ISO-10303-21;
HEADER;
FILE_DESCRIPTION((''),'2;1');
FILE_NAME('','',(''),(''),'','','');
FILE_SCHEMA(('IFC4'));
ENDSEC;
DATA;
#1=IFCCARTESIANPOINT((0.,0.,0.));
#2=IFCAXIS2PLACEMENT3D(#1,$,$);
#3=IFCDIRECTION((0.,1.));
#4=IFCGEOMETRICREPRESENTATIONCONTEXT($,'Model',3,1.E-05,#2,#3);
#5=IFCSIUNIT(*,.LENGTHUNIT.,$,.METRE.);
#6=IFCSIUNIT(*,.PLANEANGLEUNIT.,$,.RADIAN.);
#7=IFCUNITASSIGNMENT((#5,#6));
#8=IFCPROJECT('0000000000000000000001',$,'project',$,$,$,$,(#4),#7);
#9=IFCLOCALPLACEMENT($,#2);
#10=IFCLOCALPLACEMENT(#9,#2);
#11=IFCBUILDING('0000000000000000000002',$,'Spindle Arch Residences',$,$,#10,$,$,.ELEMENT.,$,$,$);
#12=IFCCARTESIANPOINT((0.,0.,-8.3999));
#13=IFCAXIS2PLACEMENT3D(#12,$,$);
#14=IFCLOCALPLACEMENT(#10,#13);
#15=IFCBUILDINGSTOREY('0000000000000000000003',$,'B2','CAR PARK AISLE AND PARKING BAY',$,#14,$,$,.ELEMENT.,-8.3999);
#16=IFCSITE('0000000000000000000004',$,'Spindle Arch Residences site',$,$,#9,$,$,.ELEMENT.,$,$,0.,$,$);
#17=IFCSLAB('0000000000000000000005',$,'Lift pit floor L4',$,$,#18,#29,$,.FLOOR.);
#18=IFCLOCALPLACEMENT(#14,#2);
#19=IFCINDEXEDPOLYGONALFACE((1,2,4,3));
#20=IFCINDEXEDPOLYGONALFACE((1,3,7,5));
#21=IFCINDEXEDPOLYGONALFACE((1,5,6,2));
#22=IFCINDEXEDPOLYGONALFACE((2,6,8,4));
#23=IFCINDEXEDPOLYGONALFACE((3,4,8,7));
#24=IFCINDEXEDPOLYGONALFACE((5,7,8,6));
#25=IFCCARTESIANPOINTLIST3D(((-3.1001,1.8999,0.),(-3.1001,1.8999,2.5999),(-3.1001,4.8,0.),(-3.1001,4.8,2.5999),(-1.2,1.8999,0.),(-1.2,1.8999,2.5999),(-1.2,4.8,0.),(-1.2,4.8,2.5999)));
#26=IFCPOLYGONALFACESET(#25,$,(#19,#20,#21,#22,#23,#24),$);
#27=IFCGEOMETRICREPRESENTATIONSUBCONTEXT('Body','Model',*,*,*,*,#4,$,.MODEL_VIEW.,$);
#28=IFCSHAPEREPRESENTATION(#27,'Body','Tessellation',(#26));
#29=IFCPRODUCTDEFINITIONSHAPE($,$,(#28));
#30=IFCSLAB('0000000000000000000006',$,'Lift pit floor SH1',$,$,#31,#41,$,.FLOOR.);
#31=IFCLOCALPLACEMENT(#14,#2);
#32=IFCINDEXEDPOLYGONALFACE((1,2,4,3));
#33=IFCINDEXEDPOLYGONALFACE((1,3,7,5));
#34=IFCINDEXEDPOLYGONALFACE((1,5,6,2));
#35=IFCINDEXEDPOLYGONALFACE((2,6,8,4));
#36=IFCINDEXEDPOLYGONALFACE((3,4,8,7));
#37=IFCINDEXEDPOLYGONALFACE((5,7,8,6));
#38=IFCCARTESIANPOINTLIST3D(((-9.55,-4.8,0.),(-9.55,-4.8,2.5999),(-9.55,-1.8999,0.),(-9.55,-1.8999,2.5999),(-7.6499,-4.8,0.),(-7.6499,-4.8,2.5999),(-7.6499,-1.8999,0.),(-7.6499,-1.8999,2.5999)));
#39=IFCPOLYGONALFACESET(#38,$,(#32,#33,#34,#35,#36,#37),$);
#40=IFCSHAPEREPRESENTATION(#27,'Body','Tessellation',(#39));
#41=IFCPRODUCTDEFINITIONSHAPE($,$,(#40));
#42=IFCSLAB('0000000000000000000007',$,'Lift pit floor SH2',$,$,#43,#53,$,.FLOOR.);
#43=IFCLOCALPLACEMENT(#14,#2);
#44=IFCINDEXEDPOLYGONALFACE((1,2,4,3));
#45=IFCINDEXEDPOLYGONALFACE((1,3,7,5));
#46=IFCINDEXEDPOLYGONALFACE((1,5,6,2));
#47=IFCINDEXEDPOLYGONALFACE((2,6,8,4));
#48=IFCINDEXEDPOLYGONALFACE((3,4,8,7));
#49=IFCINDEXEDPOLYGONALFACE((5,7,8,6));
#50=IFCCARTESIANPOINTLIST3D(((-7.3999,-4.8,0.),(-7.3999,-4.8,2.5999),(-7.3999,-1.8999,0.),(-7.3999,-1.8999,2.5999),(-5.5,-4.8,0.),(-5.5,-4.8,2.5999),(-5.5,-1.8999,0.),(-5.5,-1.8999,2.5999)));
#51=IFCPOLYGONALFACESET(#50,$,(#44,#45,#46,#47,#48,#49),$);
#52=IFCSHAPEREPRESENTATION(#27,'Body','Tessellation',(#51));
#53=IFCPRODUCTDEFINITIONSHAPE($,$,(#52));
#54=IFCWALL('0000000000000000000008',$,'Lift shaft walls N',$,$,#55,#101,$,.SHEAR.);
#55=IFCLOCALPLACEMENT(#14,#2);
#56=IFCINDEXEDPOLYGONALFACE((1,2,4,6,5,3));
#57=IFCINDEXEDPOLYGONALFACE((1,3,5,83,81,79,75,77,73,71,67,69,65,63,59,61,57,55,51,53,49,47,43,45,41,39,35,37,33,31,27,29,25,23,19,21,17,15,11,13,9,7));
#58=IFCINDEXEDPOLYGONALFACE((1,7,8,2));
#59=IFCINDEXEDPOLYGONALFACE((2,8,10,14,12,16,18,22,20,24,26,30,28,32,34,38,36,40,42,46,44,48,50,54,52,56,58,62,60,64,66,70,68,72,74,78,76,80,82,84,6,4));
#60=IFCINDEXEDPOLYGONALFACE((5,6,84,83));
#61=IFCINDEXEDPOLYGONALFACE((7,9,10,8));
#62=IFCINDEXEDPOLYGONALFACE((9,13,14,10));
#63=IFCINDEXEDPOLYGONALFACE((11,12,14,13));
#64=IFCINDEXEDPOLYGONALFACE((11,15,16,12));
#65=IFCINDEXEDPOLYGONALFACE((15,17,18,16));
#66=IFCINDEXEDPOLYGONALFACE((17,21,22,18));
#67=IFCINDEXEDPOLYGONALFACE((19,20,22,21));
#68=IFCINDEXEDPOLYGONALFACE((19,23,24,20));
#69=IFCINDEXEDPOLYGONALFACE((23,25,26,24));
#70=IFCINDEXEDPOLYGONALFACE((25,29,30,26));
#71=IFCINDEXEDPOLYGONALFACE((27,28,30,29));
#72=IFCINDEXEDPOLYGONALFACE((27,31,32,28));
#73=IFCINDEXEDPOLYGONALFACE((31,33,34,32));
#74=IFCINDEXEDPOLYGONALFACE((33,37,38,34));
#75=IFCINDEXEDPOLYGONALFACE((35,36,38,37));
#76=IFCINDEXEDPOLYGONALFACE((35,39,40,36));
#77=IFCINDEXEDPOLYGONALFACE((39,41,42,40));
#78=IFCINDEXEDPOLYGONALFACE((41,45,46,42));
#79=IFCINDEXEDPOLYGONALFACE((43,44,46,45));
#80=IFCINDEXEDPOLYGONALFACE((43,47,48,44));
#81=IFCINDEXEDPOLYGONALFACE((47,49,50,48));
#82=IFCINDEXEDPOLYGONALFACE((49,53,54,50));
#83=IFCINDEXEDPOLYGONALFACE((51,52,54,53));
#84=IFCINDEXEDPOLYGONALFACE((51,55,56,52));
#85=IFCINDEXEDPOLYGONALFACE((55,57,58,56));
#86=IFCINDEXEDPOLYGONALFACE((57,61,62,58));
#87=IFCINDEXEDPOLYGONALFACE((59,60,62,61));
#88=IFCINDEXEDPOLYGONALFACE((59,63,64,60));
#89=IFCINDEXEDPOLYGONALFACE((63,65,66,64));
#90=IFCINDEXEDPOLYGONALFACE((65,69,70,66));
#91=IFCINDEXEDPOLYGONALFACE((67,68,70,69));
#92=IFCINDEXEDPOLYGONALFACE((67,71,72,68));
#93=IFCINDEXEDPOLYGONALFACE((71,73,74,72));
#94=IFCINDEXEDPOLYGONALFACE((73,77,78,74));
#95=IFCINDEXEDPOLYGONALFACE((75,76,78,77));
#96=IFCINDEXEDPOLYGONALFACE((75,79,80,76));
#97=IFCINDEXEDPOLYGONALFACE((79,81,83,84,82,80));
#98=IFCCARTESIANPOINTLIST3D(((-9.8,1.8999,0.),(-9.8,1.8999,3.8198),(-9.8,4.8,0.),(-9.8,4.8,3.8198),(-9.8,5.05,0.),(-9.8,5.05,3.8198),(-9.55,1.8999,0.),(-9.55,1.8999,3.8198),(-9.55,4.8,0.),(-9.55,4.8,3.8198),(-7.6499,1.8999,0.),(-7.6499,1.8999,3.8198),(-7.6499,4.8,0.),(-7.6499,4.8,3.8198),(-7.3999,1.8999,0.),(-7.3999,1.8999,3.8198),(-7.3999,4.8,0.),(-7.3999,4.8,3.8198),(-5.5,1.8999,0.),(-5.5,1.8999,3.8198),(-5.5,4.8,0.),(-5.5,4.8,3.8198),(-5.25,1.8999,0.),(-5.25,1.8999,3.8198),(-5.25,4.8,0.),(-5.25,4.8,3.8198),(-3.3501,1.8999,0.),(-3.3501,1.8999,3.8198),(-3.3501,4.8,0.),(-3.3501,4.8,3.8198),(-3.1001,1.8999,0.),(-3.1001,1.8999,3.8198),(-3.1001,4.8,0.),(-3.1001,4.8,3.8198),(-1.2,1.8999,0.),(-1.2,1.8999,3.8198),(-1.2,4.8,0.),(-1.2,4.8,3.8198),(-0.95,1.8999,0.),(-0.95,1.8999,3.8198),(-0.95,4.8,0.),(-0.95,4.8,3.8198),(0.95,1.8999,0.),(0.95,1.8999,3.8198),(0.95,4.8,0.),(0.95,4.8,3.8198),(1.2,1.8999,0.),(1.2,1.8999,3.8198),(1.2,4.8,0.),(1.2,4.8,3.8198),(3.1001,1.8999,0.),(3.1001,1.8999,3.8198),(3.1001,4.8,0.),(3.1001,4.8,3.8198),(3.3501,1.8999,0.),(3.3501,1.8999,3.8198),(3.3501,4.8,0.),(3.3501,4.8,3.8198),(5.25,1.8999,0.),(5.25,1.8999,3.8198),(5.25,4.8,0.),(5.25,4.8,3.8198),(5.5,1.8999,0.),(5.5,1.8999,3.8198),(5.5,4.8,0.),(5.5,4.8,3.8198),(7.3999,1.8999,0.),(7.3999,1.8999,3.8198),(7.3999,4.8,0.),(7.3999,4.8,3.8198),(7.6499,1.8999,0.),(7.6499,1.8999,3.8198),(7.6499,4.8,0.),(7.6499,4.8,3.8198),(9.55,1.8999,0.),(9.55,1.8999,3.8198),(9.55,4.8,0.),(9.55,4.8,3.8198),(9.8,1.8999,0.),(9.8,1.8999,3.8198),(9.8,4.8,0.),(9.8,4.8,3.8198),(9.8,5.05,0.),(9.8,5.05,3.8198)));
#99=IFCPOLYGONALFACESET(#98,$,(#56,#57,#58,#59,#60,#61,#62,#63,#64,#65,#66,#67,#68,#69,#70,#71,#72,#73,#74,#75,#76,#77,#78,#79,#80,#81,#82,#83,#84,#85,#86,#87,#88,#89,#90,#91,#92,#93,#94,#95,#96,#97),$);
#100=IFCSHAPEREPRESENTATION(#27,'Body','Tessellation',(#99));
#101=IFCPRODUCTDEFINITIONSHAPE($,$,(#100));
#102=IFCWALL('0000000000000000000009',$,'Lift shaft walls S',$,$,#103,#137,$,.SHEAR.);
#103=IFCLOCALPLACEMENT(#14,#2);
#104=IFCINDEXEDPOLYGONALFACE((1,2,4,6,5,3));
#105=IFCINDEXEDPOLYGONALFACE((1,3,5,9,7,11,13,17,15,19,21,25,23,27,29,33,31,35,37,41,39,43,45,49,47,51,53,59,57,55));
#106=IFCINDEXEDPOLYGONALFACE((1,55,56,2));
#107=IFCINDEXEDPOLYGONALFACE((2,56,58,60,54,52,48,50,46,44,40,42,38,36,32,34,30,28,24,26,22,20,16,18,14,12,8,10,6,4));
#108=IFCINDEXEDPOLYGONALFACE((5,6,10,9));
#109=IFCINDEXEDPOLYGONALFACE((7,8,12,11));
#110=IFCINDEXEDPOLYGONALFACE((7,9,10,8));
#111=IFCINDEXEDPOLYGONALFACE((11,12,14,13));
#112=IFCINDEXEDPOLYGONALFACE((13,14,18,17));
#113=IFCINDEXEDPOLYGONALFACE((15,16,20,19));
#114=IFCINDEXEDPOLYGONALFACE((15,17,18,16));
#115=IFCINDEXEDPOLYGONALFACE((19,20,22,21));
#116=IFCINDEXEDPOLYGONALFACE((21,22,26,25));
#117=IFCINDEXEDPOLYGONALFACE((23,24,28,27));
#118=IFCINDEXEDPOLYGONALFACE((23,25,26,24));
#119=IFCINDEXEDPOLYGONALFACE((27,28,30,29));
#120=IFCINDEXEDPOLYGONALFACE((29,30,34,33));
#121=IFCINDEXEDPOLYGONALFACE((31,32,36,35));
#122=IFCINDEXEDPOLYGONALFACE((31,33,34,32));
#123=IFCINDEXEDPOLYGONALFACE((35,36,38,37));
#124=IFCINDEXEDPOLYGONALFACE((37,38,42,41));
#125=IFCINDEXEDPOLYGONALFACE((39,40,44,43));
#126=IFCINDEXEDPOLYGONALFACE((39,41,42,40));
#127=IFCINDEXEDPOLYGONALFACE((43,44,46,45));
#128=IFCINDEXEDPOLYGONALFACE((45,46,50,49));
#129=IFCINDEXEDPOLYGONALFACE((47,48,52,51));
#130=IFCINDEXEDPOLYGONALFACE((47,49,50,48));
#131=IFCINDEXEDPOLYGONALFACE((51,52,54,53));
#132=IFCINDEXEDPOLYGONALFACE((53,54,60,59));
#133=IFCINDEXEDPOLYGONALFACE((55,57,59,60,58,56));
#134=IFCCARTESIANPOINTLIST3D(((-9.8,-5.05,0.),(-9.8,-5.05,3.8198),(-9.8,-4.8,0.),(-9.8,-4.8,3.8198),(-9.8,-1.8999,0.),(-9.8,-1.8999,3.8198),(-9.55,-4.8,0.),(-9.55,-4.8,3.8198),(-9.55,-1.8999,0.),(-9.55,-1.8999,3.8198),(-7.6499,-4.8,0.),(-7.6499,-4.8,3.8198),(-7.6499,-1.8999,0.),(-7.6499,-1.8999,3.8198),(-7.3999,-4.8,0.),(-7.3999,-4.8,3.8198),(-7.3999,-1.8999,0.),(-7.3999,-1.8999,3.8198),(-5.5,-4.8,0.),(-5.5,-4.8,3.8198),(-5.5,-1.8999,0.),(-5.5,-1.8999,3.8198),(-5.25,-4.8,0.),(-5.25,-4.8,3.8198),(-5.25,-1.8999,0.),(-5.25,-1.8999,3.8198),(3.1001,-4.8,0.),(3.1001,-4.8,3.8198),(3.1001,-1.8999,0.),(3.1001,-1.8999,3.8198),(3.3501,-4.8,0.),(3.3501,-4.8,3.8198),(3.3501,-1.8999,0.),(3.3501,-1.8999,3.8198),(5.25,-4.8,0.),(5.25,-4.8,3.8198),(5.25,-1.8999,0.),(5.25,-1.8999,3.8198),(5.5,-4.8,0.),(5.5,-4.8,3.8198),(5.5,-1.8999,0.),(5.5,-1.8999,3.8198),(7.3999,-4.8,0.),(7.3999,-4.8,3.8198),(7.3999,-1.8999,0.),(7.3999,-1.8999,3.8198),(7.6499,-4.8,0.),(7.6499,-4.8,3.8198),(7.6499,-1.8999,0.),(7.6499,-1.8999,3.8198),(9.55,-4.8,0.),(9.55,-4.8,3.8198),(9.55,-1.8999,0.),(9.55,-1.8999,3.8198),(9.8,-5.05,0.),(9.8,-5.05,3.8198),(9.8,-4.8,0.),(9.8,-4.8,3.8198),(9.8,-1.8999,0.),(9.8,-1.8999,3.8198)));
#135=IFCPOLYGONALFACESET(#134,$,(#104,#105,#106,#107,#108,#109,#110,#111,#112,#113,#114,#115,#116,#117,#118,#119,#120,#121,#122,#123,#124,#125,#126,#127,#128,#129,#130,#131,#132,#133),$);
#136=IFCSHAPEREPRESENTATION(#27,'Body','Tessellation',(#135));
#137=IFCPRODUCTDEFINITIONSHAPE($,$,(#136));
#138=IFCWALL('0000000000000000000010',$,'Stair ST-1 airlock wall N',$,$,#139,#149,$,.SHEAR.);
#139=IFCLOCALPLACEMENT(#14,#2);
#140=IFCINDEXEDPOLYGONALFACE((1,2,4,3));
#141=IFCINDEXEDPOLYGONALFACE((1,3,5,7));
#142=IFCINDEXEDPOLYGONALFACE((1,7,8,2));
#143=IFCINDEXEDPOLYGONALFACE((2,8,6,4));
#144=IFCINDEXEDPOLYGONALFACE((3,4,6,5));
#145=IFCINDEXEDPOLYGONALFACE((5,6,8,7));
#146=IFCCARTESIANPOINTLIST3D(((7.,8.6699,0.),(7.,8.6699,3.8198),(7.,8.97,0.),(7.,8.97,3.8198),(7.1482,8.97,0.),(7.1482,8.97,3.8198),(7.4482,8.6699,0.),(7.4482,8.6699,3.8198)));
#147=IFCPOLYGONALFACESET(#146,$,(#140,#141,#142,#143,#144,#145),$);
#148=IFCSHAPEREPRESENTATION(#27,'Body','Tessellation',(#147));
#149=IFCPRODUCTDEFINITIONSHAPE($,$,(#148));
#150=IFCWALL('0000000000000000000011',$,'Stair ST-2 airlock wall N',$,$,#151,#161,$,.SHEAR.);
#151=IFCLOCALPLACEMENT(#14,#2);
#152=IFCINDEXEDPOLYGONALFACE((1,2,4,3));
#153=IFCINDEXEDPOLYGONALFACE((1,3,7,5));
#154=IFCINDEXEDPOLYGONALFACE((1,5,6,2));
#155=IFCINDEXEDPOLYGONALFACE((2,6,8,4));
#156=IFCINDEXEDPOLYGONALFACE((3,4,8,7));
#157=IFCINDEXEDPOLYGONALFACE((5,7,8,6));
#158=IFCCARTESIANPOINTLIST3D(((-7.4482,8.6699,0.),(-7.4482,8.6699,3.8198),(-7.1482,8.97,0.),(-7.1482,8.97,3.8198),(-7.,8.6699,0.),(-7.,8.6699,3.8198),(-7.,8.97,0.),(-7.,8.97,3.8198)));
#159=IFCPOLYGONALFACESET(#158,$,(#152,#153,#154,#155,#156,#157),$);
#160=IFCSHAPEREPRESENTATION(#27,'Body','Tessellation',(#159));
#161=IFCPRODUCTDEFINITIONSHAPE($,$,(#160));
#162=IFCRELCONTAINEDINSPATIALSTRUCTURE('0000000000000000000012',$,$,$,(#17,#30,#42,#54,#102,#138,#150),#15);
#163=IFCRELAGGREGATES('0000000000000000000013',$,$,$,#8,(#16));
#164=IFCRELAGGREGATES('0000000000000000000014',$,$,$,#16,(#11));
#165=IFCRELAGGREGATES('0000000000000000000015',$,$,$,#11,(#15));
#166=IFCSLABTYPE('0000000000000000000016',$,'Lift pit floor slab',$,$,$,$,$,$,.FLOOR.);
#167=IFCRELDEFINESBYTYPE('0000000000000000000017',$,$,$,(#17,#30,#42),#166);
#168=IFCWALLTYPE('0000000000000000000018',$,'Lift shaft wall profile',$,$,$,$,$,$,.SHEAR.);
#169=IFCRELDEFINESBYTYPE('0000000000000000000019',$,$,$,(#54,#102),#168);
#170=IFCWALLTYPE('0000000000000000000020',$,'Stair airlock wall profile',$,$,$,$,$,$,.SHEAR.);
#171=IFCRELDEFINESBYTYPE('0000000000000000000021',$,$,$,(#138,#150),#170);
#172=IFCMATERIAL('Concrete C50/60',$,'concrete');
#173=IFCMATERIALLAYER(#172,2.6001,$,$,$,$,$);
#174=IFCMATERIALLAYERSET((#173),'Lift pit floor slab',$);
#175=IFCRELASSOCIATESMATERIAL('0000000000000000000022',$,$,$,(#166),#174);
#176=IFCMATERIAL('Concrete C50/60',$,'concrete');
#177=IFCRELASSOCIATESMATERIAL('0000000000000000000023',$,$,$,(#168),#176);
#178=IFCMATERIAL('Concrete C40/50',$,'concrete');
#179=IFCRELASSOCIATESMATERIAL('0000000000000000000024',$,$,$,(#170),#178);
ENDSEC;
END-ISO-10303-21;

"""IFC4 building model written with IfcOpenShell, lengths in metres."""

from ifc_helpers import new_model, si_unit, direction, frame, origin, place, context, subcontext, project, spatial, polyline, outline, extrude, material, layer, layer_set, type_object, element, save


model = new_model("IFC4")

# Units and contexts
model_context = context("Model", 3, precision=1e-05, world=origin(), true_north=direction((0.0, 1.0)))
body_context = subcontext(model_context, "Body", "Model", "MODEL_VIEW")
ifc_project = project(units=[si_unit("LENGTHUNIT", "METRE"), si_unit("PLANEANGLEUNIT", "RADIAN")], contexts=[model_context])

# Site, building, storey
site_placement = place(None, origin())
site = spatial("IfcSite", under=ifc_project, at=site_placement, Name="Spindle Arch Residences site", CompositionType="ELEMENT", RefElevation=0.0)
building_placement = place(site_placement, origin())
building = spatial("IfcBuilding", under=site, at=building_placement, Name="Spindle Arch Residences", CompositionType="ELEMENT")
storey_placement = place(building_placement, frame((0.0, 0.0, -8.3999)))
storey = spatial("IfcBuildingStorey", under=building, at=storey_placement, Name="B2", Description="CAR PARK AISLE AND PARKING BAY", CompositionType="ELEMENT", Elevation=-8.3999)

# Slabs
ifc_material_1 = material(Name="Concrete C50/60", Category="concrete")
ifc_layer_1 = layer(ifc_material_1, 2.6001)
ifc_layer_set_1 = layer_set([ifc_layer_1], Name="Lift pit floor slab")
slab_type = type_object("IfcSlabType", Name="Lift pit floor slab", PredefinedType="FLOOR", material=ifc_layer_set_1)
slab_1_placement = place(storey_placement, origin())
element("IfcSlab", 1, at=slab_1_placement, inside=storey, type_object=slab_type, Name="Lift pit floor L4", PredefinedType="FLOOR", context=body_context, shape_type="SweptSolid", body=[
    extrude(outline(polyline([(-3.1001, 1.8999), (-1.2, 1.8999), (-1.2, 4.8), (-3.1001, 4.8), (-3.1001, 1.8999)])), origin(), (0.0, 0.0, 1.0), 2.5999),
])
slab_2_placement = place(storey_placement, origin())
element("IfcSlab", 2, at=slab_2_placement, inside=storey, type_object=slab_type, Name="Lift pit floor SH1", PredefinedType="FLOOR", context=body_context, shape_type="SweptSolid", body=[
    extrude(outline(polyline([(-9.55, -4.8), (-7.6499, -4.8), (-7.6499, -1.8999), (-9.55, -1.8999), (-9.55, -4.8)])), origin(), (0.0, 0.0, 1.0), 2.5999),
])
slab_3_placement = place(storey_placement, origin())
element("IfcSlab", 3, at=slab_3_placement, inside=storey, type_object=slab_type, Name="Lift pit floor SH2", PredefinedType="FLOOR", context=body_context, shape_type="SweptSolid", body=[
    extrude(outline(polyline([(-7.3999, -4.8), (-5.5, -4.8), (-5.5, -1.8999), (-7.3999, -1.8999), (-7.3999, -4.8)])), origin(), (0.0, 0.0, 1.0), 2.5999),
])

# Walls
ifc_material_2 = material(Name="Concrete C50/60", Category="concrete")
wall_type_1 = type_object("IfcWallType", Name="Lift shaft wall profile", PredefinedType="SHEAR", material=ifc_material_2)
wall_1_placement = place(storey_placement, origin())
element("IfcWall", 4, at=wall_1_placement, inside=storey, type_object=wall_type_1, Name="Lift shaft walls N", PredefinedType="SHEAR", context=body_context, shape_type="SweptSolid", body=[
    extrude(outline(polyline([(-9.55, 4.8), (-7.6499, 4.8), (-7.6499, 1.8999), (-7.3999, 1.8999), (-7.3999, 4.8), (-5.5, 4.8), (-5.5, 1.8999), (-5.25, 1.8999), (-5.25, 4.8), (-3.3501, 4.8), (-3.3501, 1.8999), (-3.1001, 1.8999), (-3.1001, 4.8), (-1.2, 4.8), (-1.2, 1.8999), (-0.95, 1.8999), (-0.95, 4.8), (0.95, 4.8), (0.95, 1.8999), (1.2, 1.8999), (1.2, 4.8), (3.1001, 4.8), (3.1001, 1.8999), (3.3501, 1.8999), (3.3501, 4.8), (5.25, 4.8), (5.25, 1.8999), (5.5, 1.8999), (5.5, 4.8), (7.3999, 4.8), (7.3999, 1.8999), (7.6499, 1.8999), (7.6499, 4.8), (9.55, 4.8), (9.55, 1.8999), (9.8, 1.8999), (9.8, 4.8), (9.8, 5.05), (-9.8, 5.05), (-9.8, 4.8), (-9.8, 1.8999), (-9.55, 1.8999), (-9.55, 4.8)])), origin(), (0.0, 0.0, 1.0), 3.8198),
])
wall_2_placement = place(storey_placement, origin())
element("IfcWall", 5, at=wall_2_placement, inside=storey, type_object=wall_type_1, Name="Lift shaft walls S", PredefinedType="SHEAR", context=body_context, shape_type="SweptSolid", body=[
    extrude(outline(polyline([(9.8, -5.05), (9.8, -4.8), (9.8, -1.8999), (9.55, -1.8999), (9.55, -4.8), (7.6499, -4.8), (7.6499, -1.8999), (7.3999, -1.8999), (7.3999, -4.8), (5.5, -4.8), (5.5, -1.8999), (5.25, -1.8999), (5.25, -4.8), (3.3501, -4.8), (3.3501, -1.8999), (3.1001, -1.8999), (3.1001, -4.8), (-5.25, -4.8), (-5.25, -1.8999), (-5.5, -1.8999), (-5.5, -4.8), (-7.3999, -4.8), (-7.3999, -1.8999), (-7.6499, -1.8999), (-7.6499, -4.8), (-9.55, -4.8), (-9.55, -1.8999), (-9.8, -1.8999), (-9.8, -4.8), (-9.8, -5.05), (9.8, -5.05)])), origin(), (0.0, 0.0, 1.0), 3.8198),
])
ifc_material_3 = material(Name="Concrete C40/50", Category="concrete")
wall_type_2 = type_object("IfcWallType", Name="Stair airlock wall profile", PredefinedType="SHEAR", material=ifc_material_3)
wall_3_placement = place(storey_placement, origin())
element("IfcWall", 6, at=wall_3_placement, inside=storey, type_object=wall_type_2, Name="Stair ST-1 airlock wall N", PredefinedType="SHEAR", context=body_context, shape_type="SweptSolid", body=[
    extrude(outline(polyline([(7.4482, 8.6699), (7.0, 8.6699), (7.0, 8.97), (7.1482, 8.97), (7.4482, 8.6699)])), origin(), (0.0, 0.0, 1.0), 3.8198),
])
wall_4_placement = place(storey_placement, origin())
element("IfcWall", 7, at=wall_4_placement, inside=storey, type_object=wall_type_2, Name="Stair ST-2 airlock wall N", PredefinedType="SHEAR", context=body_context, shape_type="SweptSolid", body=[
    extrude(outline(polyline([(-7.1482, 8.97), (-7.0, 8.97), (-7.0, 8.6699), (-7.4482, 8.6699), (-7.1482, 8.97)])), origin(), (0.0, 0.0, 1.0), 3.8198),
])

save(model, "model.ifc")
